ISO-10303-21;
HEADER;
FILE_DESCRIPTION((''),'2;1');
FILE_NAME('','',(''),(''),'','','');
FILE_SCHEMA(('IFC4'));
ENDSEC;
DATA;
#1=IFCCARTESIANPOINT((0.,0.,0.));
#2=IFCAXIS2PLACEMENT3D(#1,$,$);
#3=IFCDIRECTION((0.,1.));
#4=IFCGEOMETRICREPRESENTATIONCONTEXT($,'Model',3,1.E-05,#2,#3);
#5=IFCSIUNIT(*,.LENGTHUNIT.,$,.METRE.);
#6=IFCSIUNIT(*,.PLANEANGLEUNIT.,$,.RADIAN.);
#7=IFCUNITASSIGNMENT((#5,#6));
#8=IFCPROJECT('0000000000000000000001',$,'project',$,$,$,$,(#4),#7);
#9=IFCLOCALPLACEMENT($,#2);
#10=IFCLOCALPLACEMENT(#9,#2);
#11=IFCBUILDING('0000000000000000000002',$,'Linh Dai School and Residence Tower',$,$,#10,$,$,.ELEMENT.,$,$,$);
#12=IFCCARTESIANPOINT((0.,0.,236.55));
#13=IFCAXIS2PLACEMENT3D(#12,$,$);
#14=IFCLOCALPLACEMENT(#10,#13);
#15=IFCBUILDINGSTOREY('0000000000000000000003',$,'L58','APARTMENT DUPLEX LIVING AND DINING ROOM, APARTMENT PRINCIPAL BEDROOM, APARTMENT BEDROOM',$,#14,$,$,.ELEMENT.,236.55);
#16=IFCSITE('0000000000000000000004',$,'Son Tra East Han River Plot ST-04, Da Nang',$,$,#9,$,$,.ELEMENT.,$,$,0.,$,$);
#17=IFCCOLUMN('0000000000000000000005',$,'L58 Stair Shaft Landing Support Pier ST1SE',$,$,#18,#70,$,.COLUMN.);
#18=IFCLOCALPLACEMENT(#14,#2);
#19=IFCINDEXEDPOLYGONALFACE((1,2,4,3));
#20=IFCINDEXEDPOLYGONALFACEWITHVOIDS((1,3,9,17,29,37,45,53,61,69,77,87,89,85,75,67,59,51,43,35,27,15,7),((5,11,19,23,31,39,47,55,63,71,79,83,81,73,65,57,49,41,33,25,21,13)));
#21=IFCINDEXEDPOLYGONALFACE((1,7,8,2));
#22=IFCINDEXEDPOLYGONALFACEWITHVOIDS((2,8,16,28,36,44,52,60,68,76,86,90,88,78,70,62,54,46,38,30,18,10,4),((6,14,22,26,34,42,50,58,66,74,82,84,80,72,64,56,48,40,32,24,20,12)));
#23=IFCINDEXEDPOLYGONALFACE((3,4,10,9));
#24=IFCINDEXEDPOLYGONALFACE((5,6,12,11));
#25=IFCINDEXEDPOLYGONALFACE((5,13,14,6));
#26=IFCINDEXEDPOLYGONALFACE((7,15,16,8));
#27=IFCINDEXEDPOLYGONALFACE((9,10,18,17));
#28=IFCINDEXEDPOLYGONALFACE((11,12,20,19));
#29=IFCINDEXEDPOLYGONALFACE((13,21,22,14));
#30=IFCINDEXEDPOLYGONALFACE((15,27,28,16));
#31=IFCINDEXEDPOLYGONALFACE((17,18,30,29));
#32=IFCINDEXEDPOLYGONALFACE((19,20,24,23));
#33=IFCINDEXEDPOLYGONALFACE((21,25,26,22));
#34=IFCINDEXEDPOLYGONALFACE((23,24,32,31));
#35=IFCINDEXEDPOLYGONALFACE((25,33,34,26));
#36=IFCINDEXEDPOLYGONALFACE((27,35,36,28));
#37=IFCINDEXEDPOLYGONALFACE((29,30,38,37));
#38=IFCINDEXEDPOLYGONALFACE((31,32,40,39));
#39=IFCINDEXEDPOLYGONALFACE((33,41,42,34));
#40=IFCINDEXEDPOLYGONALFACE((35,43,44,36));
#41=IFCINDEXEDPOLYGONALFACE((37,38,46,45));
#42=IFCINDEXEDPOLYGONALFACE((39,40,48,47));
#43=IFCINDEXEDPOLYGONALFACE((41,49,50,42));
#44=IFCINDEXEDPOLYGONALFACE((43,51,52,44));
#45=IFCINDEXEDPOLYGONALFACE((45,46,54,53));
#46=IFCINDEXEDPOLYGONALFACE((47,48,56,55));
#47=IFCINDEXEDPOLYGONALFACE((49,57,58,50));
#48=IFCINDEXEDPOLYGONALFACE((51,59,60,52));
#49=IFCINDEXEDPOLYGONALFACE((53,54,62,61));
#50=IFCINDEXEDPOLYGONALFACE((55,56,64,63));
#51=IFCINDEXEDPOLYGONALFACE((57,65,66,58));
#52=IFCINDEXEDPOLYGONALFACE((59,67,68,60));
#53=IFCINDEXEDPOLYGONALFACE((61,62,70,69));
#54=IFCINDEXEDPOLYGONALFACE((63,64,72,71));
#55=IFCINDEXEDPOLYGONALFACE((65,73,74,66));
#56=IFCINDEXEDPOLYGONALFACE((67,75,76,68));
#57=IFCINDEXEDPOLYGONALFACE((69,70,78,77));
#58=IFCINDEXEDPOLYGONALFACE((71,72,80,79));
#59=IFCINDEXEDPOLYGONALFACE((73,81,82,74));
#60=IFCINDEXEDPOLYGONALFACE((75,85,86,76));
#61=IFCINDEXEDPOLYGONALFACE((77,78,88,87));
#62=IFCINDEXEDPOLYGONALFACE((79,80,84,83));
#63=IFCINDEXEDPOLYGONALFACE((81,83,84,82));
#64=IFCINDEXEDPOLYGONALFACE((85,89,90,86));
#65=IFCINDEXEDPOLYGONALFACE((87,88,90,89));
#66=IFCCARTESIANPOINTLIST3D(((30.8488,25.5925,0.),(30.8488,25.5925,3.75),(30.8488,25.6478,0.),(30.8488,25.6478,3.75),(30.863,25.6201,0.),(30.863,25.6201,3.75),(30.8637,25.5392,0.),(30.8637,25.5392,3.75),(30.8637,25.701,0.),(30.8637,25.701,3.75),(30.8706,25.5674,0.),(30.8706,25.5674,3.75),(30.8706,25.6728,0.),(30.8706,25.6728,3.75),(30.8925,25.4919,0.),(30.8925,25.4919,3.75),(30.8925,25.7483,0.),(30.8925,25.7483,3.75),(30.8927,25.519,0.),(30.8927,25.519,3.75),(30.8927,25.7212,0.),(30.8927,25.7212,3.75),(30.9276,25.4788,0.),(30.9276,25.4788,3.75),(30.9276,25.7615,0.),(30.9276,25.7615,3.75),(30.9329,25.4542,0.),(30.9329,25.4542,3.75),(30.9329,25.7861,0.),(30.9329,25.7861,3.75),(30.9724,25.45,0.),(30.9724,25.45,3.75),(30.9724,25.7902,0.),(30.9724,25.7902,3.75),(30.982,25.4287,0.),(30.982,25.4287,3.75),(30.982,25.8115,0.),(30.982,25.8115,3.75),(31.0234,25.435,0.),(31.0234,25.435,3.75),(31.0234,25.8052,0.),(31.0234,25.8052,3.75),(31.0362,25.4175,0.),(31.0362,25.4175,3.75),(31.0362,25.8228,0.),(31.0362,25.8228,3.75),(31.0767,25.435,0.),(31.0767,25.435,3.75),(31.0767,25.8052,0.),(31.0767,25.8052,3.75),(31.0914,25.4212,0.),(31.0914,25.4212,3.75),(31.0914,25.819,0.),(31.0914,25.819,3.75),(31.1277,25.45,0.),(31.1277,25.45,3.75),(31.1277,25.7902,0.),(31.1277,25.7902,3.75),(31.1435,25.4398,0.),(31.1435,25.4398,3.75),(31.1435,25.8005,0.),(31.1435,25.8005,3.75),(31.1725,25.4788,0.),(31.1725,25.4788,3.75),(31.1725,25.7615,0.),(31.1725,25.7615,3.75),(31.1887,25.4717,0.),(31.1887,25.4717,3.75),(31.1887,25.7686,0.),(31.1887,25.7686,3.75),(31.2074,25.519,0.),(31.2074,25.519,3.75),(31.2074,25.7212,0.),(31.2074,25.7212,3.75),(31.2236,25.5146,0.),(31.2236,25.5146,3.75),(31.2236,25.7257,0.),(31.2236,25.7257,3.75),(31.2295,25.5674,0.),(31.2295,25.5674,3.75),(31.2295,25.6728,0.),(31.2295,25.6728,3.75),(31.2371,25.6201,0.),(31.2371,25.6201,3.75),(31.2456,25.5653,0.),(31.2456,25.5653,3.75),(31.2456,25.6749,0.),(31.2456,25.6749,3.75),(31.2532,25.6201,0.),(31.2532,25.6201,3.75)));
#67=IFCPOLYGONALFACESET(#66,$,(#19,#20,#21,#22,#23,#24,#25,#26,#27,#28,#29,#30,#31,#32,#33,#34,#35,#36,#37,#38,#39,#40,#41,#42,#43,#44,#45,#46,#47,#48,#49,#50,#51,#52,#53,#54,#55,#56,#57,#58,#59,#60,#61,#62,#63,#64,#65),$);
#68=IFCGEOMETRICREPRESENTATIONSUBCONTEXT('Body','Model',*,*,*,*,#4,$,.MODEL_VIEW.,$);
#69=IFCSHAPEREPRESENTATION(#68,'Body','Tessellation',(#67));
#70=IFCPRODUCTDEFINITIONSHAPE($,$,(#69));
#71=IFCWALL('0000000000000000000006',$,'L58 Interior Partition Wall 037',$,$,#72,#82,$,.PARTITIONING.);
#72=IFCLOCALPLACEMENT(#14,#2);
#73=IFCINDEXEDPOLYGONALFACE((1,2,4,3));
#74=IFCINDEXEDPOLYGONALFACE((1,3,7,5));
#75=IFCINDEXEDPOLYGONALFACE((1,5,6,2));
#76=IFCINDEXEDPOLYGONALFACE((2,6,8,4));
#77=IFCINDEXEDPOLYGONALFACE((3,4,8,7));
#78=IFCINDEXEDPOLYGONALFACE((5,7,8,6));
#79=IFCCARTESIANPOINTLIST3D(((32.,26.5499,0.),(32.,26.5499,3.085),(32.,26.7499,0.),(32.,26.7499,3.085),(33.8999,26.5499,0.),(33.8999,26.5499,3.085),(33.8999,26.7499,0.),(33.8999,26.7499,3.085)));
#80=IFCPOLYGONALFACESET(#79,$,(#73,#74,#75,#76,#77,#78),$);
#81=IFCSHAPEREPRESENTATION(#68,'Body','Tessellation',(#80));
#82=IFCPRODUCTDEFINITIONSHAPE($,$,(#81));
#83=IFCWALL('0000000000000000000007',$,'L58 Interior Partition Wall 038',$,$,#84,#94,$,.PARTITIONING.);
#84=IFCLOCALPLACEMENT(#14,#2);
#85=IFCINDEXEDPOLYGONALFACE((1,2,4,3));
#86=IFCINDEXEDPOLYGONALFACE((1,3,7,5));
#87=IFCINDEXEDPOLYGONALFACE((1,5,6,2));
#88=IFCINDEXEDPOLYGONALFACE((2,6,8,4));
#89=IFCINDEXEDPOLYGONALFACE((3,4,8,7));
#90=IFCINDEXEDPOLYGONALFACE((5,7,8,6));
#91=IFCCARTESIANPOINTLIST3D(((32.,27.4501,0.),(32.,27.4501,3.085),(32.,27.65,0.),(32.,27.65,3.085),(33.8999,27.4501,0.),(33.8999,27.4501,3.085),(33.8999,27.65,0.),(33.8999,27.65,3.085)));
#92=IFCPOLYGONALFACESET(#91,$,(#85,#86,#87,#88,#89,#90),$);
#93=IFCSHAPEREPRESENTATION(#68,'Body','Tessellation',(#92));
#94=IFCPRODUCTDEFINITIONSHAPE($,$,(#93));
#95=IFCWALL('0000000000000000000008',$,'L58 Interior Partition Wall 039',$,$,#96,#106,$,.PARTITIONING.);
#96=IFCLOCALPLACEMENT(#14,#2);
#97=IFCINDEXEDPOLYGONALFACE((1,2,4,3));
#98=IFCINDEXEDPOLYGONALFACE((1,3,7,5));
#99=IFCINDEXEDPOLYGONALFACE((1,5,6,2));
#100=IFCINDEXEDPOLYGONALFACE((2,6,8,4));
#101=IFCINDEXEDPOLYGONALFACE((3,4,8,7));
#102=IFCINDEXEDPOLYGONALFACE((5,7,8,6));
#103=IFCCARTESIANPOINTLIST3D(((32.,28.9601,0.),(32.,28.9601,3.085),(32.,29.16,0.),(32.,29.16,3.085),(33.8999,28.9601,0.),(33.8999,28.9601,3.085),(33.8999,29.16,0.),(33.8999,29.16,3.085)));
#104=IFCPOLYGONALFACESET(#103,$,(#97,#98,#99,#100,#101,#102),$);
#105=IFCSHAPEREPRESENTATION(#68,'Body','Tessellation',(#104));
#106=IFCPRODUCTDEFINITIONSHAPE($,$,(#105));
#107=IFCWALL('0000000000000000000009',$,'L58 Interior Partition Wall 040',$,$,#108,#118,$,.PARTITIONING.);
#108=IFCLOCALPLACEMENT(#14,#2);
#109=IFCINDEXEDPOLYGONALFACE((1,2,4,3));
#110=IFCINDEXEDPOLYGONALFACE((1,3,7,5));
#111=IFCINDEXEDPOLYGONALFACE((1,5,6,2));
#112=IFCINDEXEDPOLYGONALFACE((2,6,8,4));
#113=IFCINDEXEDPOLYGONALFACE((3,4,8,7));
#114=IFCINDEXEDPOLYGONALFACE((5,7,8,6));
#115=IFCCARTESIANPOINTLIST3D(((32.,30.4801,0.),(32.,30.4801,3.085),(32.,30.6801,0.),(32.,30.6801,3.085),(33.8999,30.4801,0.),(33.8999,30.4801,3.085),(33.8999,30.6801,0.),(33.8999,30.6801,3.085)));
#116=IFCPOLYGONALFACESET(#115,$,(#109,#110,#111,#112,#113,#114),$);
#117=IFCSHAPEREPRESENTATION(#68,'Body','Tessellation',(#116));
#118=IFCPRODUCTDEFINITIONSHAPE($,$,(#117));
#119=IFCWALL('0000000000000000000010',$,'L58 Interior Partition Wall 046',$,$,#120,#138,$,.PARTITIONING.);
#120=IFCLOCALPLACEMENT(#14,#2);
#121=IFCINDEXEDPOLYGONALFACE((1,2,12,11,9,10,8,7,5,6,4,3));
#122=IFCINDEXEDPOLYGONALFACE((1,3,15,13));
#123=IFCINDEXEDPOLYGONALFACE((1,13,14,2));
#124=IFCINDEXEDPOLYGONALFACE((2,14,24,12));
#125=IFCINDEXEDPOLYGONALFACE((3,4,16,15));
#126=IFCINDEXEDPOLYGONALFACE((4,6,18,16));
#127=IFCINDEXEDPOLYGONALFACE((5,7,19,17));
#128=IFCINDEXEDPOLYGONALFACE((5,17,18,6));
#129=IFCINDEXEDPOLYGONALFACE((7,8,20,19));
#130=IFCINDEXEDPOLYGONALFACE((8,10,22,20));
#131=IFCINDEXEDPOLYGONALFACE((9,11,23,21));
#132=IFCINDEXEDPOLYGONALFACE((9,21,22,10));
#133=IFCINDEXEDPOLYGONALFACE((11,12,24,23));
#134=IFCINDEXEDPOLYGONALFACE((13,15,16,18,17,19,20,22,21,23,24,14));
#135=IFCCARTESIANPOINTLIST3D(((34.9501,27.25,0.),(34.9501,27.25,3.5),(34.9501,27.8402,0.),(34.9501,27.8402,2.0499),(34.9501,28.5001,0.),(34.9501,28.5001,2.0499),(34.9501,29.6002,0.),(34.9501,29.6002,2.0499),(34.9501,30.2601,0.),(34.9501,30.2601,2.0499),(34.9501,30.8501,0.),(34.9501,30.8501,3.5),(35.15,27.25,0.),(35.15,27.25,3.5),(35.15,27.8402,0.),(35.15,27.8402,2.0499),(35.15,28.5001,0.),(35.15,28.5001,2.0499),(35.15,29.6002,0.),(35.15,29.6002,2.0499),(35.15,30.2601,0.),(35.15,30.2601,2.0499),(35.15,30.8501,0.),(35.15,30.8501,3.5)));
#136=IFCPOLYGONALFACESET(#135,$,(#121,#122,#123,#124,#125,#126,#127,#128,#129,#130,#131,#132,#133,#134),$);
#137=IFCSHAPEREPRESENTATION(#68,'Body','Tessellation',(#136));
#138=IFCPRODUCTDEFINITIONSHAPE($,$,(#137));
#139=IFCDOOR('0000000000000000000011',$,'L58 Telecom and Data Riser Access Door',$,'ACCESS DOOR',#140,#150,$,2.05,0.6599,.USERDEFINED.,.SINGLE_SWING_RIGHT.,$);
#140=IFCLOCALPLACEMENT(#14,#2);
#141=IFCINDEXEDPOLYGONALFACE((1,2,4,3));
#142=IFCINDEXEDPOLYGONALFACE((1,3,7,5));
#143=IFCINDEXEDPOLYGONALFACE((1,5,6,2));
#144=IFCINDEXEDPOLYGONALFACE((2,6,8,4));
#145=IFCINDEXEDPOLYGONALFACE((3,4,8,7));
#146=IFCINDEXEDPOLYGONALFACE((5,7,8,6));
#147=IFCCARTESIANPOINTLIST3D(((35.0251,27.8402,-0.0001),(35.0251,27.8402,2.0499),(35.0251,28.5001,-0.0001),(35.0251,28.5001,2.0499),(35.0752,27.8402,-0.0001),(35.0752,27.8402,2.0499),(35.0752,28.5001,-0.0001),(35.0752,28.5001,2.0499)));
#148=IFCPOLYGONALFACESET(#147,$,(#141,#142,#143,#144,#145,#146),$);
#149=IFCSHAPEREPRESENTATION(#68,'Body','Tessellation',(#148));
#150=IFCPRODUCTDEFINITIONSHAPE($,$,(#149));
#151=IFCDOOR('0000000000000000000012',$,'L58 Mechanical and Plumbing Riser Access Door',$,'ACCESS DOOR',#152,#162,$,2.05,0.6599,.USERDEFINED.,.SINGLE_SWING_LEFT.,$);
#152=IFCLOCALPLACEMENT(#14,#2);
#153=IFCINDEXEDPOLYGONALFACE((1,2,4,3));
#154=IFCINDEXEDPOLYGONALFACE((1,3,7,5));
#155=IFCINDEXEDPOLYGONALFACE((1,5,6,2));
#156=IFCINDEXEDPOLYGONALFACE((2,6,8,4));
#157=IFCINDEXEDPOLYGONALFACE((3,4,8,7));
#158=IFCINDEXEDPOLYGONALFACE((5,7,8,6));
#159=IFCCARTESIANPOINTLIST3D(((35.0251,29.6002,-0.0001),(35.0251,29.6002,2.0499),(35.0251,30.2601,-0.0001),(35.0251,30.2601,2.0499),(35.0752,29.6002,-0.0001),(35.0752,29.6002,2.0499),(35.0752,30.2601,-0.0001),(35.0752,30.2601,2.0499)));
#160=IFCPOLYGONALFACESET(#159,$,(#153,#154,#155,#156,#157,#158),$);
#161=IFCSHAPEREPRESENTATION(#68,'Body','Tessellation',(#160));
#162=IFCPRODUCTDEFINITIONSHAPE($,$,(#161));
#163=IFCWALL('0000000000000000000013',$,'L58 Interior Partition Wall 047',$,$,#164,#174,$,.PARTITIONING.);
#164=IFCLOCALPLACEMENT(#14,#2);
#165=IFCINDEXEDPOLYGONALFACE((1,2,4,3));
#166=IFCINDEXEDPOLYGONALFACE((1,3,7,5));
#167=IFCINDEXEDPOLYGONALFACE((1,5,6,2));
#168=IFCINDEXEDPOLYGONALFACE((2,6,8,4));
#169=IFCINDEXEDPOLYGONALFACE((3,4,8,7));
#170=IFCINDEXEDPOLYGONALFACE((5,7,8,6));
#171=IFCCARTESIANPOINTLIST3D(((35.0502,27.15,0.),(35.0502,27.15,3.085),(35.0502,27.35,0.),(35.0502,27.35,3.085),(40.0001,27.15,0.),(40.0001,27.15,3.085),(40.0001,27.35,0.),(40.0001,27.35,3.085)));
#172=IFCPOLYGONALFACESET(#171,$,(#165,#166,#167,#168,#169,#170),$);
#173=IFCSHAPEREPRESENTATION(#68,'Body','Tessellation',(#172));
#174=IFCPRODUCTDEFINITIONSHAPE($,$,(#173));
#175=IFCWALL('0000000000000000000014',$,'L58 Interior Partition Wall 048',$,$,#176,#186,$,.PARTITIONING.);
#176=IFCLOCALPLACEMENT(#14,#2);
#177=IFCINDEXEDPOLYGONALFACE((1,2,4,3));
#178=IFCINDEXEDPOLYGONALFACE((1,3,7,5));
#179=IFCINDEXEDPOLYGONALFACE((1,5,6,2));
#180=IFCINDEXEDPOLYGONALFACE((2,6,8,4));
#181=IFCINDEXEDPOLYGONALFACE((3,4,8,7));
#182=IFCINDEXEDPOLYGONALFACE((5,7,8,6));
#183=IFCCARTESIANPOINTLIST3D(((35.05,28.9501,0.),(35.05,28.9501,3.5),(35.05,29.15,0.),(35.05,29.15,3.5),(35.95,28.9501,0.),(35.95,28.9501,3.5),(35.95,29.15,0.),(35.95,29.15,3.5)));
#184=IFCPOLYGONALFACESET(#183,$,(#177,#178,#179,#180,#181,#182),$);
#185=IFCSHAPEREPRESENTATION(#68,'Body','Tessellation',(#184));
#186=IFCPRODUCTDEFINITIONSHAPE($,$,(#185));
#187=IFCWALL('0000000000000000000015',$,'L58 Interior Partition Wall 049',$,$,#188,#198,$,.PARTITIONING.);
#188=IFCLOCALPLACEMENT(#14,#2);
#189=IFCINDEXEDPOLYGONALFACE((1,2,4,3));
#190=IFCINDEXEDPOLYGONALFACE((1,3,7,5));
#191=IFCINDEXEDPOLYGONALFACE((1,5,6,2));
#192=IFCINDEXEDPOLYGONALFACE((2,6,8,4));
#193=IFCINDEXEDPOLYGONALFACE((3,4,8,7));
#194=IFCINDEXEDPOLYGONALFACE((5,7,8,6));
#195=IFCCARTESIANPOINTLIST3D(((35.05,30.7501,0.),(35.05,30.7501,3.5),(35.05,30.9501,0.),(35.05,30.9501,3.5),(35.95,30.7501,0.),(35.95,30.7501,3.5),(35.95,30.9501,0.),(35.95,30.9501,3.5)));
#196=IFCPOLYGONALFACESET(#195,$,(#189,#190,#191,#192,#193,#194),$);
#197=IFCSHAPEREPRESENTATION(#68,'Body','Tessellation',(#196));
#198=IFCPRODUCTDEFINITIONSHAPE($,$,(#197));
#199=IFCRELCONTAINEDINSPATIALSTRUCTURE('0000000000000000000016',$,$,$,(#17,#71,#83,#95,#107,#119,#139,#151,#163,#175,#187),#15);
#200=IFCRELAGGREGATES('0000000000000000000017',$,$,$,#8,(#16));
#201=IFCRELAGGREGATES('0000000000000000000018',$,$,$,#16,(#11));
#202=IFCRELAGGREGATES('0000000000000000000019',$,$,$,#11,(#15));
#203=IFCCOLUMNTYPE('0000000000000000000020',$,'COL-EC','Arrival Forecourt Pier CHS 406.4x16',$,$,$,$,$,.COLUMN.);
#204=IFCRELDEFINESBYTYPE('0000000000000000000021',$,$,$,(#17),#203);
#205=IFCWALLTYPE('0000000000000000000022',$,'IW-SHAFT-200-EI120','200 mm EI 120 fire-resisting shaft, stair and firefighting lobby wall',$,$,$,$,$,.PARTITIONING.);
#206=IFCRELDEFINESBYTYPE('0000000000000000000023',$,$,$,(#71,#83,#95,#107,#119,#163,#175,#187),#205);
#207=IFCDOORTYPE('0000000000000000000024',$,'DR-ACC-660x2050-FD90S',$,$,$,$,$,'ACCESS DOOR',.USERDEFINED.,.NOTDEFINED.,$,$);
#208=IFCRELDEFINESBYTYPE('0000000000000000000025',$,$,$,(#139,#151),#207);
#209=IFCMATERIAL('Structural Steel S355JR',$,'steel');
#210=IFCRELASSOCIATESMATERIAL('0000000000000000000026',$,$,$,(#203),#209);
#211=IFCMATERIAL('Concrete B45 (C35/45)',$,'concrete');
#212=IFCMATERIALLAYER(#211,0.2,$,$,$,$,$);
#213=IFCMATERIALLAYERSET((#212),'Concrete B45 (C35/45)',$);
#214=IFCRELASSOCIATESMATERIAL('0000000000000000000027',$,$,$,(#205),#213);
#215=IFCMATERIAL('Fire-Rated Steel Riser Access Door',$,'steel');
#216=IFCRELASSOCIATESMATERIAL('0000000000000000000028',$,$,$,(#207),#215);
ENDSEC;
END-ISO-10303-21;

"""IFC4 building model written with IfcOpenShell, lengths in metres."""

from ifc_helpers import new_model, si_unit, direction, frame, frame_2d, origin, origin_2d, place, context, subcontext, project, spatial, rectangle, hollow_circle, extrude, source, transform, mapped, material, layer, layer_set, material_profile, profile_set, type_object, element, fill, save


model = new_model("IFC4")

# Units and contexts
model_context = context("Model", 3, precision=1e-05, world=origin(), true_north=direction((0.0, 1.0)))
body_context = subcontext(model_context, "Body", "Model", "MODEL_VIEW")
ifc_project = project(units=[si_unit("LENGTHUNIT", "METRE"), si_unit("PLANEANGLEUNIT", "RADIAN")], contexts=[model_context])

# Site, building, storey
site_placement = place(None, origin())
site = spatial("IfcSite", under=ifc_project, at=site_placement, Name="Son Tra East Han River Plot ST-04, Da Nang", CompositionType="ELEMENT", RefElevation=0.0)
building_placement = place(site_placement, origin())
building = spatial("IfcBuilding", under=site, at=building_placement, Name="Linh Dai School and Residence Tower", CompositionType="ELEMENT")
storey_placement = place(building_placement, frame((0.0, 0.0, 236.55)))
storey = spatial("IfcBuildingStorey", under=building, at=storey_placement, Name="L58", Description="APARTMENT DUPLEX LIVING AND DINING ROOM, APARTMENT PRINCIPAL BEDROOM, APARTMENT BEDROOM", CompositionType="ELEMENT", Elevation=236.55)

# Column
ifc_material_1 = material(Name="Structural Steel S355JR", Category="steel")
ifc_material_profile = material_profile(ifc_material_1, hollow_circle(Radius=0.2031, WallThickness=0.0161, at=origin_2d()), Name="CHS 406.4x16")
ifc_profile_set = profile_set([ifc_material_profile], Name="Structural Steel S355JR")
column_type = type_object("IfcColumnType", Name="COL-EC", Description="Arrival Forecourt Pier CHS 406.4x16", PredefinedType="COLUMN", material=ifc_profile_set)
column_placement = place(storey_placement, frame((31.05, 25.6201, 0.0), z_axis=(0.0, 0.0, 1.0), x_axis=(1.0, 0.0, 0.0)))
element("IfcColumn", 1, at=column_placement, inside=storey, type_object=column_type, Name="L58 Stair Shaft Landing Support Pier ST1SE", PredefinedType="COLUMN", context=body_context, shape_type="SweptSolid", body=[
    extrude(hollow_circle(Radius=0.2031, WallThickness=0.0161, at=origin_2d()), origin(), (0.0, 0.0, 1.0), 3.75),
])

# Walls
ifc_material_2 = material(Name="Concrete B45 (C35/45)", Category="concrete")
ifc_layer_1 = layer(ifc_material_2, 0.2)
ifc_layer_set_1 = layer_set([ifc_layer_1], Name="Concrete B45 (C35/45)")
wall_type_1 = type_object("IfcWallType", Name="IW-SHAFT-200-EI120", Description="200 mm EI 120 fire-resisting shaft, stair and firefighting lobby wall", PredefinedType="PARTITIONING", material=ifc_layer_set_1)
for number, where, z_axis, x_axis, name in (
    (2, (32.0, 26.6499, 0.0), (0.0, 0.0, 1.0), (1.0, 0.0, 0.0), "L58 Interior Partition Wall 037"),
    (3, (32.0, 27.55, 0.0), (0.0, 0.0, 1.0), (1.0, 0.0, 0.0), "L58 Interior Partition Wall 038"),
    (4, (32.0, 29.0601, 0.0), (0.0, 0.0, 1.0), (1.0, 0.0, 0.0), "L58 Interior Partition Wall 039"),
    (5, (32.0, 30.5801, 0.0), (0.0, 0.0, 1.0), (1.0, 0.0, 0.0), "L58 Interior Partition Wall 040"),
):
    element("IfcWall", number, at=place(storey_placement, frame(where, z_axis=z_axis, x_axis=x_axis)), inside=storey, type_object=wall_type_1, Name=name, PredefinedType="PARTITIONING", context=body_context, shape_type="SweptSolid", body=[
        extrude(rectangle(XDim=1.8999, YDim=0.2, at=frame_2d((0.95, 0.0))), origin(), (0.0, 0.0, 1.0), 3.085),
    ])

# Wall, openings, doors
wall_1_placement = place(storey_placement, frame((35.05, 27.25, 0.0), z_axis=(0.0, 0.0, 1.0), x_axis=(0.0, 1.0, 0.0)))
wall_1 = element("IfcWall", 6, at=wall_1_placement, inside=storey, type_object=wall_type_1, Name="L58 Interior Partition Wall 046", PredefinedType="PARTITIONING", context=body_context, shape_type="SweptSolid", body=[
    extrude(rectangle(XDim=3.6001, YDim=0.2, at=frame_2d((1.8, 0.0))), origin(), (0.0, 0.0, 1.0), 3.5),
])
opening_1_placement = place(wall_1_placement, frame((0.5901, 0.0, 0.0)))
opening_1 = element("IfcOpeningElement", 7, at=opening_1_placement, cuts=wall_1, PredefinedType="OPENING", context=body_context, shape_type="SweptSolid", body=[
    extrude(rectangle(XDim=0.6599, YDim=2.05, at=origin_2d()), frame((0.3301, 0.1099, 1.0249), z_axis=(0.0, -1.0, 0.0), x_axis=(1.0, 0.0, 0.0)), (0.0, 0.0, 1.0), 0.22),
])
opening_2_placement = place(wall_1_placement, frame((2.3501, 0.0, 0.0)))
opening_2 = element("IfcOpeningElement", 8, at=opening_2_placement, cuts=wall_1, PredefinedType="OPENING", context=body_context, shape_type="SweptSolid", body=[
    extrude(rectangle(XDim=0.6599, YDim=2.05, at=origin_2d()), frame((0.3301, 0.1099, 1.0249), z_axis=(0.0, -1.0, 0.0), x_axis=(1.0, 0.0, 0.0)), (0.0, 0.0, 1.0), 0.22),
])
ifc_material_3 = material(Name="Fire-Rated Steel Riser Access Door", Category="steel")
door_type_1 = type_object("IfcDoorType", Name="DR-ACC-660x2050-FD90S", ElementType="ACCESS DOOR", OperationType="NOTDEFINED", PredefinedType="USERDEFINED", material=ifc_material_3)
shared_shape_1 = source(origin(), body_context, "Body", "SweptSolid", [
    extrude(rectangle(XDim=0.6599, YDim=2.05, at=origin_2d()), frame((0.3301, 0.0249, 1.0249), z_axis=(0.0, -1.0, 0.0), x_axis=(1.0, 0.0, 0.0)), (0.0, 0.0, 1.0), 0.05),
])
door_1_placement = place(opening_1_placement, origin())
door_1 = element("IfcDoor", 9, at=door_1_placement, inside=storey, type_object=door_type_1, Name="L58 Telecom and Data Riser Access Door", ObjectType="ACCESS DOOR", OperationType="SINGLE_SWING_RIGHT", OverallHeight=2.05, OverallWidth=0.6599, PredefinedType="USERDEFINED", context=body_context, shape_type="MappedRepresentation", body=[
    mapped(shared_shape_1, transform((0.0, 0.0, 0.0), x_axis=(1.0, 0.0, 0.0), y_axis=(0.0, 1.0, 0.0), z_axis=(0.0, 0.0, 1.0), scale=1.0)),
])
fill(opening_1, door_1)
door_2_placement = place(opening_2_placement, origin())
door_2 = element("IfcDoor", 10, at=door_2_placement, inside=storey, type_object=door_type_1, Name="L58 Mechanical and Plumbing Riser Access Door", ObjectType="ACCESS DOOR", OperationType="SINGLE_SWING_LEFT", OverallHeight=2.05, OverallWidth=0.6599, PredefinedType="USERDEFINED", context=body_context, shape_type="MappedRepresentation", body=[
    mapped(shared_shape_1, transform((0.0, 0.0, 0.0), x_axis=(1.0, 0.0, 0.0), y_axis=(0.0, 1.0, 0.0), z_axis=(0.0, 0.0, 1.0), scale=1.0)),
])
fill(opening_2, door_2)

# Walls
wall_2_placement = place(storey_placement, frame((35.05, 27.25, 0.0), z_axis=(0.0, 0.0, 1.0), x_axis=(1.0, 0.0, 0.0)))
element("IfcWall", 11, at=wall_2_placement, inside=storey, type_object=wall_type_1, Name="L58 Interior Partition Wall 047", PredefinedType="PARTITIONING", context=body_context, shape_type="SweptSolid", body=[
    extrude(rectangle(XDim=4.95, YDim=0.2, at=frame_2d((2.4751, 0.0))), origin(), (0.0, 0.0, 1.0), 3.085),
])
for number, where, z_axis, x_axis, name in (
    (12, (35.05, 29.05, 0.0), (0.0, 0.0, 1.0), (1.0, 0.0, 0.0), "L58 Interior Partition Wall 048"),
    (13, (35.05, 30.8501, 0.0), (0.0, 0.0, 1.0), (1.0, 0.0, 0.0), "L58 Interior Partition Wall 049"),
):
    element("IfcWall", number, at=place(storey_placement, frame(where, z_axis=z_axis, x_axis=x_axis)), inside=storey, type_object=wall_type_1, Name=name, PredefinedType="PARTITIONING", context=body_context, shape_type="SweptSolid", body=[
        extrude(rectangle(XDim=0.8999, YDim=0.2, at=frame_2d((0.45, 0.0))), origin(), (0.0, 0.0, 1.0), 3.5),
    ])

save(model, "model.ifc")
